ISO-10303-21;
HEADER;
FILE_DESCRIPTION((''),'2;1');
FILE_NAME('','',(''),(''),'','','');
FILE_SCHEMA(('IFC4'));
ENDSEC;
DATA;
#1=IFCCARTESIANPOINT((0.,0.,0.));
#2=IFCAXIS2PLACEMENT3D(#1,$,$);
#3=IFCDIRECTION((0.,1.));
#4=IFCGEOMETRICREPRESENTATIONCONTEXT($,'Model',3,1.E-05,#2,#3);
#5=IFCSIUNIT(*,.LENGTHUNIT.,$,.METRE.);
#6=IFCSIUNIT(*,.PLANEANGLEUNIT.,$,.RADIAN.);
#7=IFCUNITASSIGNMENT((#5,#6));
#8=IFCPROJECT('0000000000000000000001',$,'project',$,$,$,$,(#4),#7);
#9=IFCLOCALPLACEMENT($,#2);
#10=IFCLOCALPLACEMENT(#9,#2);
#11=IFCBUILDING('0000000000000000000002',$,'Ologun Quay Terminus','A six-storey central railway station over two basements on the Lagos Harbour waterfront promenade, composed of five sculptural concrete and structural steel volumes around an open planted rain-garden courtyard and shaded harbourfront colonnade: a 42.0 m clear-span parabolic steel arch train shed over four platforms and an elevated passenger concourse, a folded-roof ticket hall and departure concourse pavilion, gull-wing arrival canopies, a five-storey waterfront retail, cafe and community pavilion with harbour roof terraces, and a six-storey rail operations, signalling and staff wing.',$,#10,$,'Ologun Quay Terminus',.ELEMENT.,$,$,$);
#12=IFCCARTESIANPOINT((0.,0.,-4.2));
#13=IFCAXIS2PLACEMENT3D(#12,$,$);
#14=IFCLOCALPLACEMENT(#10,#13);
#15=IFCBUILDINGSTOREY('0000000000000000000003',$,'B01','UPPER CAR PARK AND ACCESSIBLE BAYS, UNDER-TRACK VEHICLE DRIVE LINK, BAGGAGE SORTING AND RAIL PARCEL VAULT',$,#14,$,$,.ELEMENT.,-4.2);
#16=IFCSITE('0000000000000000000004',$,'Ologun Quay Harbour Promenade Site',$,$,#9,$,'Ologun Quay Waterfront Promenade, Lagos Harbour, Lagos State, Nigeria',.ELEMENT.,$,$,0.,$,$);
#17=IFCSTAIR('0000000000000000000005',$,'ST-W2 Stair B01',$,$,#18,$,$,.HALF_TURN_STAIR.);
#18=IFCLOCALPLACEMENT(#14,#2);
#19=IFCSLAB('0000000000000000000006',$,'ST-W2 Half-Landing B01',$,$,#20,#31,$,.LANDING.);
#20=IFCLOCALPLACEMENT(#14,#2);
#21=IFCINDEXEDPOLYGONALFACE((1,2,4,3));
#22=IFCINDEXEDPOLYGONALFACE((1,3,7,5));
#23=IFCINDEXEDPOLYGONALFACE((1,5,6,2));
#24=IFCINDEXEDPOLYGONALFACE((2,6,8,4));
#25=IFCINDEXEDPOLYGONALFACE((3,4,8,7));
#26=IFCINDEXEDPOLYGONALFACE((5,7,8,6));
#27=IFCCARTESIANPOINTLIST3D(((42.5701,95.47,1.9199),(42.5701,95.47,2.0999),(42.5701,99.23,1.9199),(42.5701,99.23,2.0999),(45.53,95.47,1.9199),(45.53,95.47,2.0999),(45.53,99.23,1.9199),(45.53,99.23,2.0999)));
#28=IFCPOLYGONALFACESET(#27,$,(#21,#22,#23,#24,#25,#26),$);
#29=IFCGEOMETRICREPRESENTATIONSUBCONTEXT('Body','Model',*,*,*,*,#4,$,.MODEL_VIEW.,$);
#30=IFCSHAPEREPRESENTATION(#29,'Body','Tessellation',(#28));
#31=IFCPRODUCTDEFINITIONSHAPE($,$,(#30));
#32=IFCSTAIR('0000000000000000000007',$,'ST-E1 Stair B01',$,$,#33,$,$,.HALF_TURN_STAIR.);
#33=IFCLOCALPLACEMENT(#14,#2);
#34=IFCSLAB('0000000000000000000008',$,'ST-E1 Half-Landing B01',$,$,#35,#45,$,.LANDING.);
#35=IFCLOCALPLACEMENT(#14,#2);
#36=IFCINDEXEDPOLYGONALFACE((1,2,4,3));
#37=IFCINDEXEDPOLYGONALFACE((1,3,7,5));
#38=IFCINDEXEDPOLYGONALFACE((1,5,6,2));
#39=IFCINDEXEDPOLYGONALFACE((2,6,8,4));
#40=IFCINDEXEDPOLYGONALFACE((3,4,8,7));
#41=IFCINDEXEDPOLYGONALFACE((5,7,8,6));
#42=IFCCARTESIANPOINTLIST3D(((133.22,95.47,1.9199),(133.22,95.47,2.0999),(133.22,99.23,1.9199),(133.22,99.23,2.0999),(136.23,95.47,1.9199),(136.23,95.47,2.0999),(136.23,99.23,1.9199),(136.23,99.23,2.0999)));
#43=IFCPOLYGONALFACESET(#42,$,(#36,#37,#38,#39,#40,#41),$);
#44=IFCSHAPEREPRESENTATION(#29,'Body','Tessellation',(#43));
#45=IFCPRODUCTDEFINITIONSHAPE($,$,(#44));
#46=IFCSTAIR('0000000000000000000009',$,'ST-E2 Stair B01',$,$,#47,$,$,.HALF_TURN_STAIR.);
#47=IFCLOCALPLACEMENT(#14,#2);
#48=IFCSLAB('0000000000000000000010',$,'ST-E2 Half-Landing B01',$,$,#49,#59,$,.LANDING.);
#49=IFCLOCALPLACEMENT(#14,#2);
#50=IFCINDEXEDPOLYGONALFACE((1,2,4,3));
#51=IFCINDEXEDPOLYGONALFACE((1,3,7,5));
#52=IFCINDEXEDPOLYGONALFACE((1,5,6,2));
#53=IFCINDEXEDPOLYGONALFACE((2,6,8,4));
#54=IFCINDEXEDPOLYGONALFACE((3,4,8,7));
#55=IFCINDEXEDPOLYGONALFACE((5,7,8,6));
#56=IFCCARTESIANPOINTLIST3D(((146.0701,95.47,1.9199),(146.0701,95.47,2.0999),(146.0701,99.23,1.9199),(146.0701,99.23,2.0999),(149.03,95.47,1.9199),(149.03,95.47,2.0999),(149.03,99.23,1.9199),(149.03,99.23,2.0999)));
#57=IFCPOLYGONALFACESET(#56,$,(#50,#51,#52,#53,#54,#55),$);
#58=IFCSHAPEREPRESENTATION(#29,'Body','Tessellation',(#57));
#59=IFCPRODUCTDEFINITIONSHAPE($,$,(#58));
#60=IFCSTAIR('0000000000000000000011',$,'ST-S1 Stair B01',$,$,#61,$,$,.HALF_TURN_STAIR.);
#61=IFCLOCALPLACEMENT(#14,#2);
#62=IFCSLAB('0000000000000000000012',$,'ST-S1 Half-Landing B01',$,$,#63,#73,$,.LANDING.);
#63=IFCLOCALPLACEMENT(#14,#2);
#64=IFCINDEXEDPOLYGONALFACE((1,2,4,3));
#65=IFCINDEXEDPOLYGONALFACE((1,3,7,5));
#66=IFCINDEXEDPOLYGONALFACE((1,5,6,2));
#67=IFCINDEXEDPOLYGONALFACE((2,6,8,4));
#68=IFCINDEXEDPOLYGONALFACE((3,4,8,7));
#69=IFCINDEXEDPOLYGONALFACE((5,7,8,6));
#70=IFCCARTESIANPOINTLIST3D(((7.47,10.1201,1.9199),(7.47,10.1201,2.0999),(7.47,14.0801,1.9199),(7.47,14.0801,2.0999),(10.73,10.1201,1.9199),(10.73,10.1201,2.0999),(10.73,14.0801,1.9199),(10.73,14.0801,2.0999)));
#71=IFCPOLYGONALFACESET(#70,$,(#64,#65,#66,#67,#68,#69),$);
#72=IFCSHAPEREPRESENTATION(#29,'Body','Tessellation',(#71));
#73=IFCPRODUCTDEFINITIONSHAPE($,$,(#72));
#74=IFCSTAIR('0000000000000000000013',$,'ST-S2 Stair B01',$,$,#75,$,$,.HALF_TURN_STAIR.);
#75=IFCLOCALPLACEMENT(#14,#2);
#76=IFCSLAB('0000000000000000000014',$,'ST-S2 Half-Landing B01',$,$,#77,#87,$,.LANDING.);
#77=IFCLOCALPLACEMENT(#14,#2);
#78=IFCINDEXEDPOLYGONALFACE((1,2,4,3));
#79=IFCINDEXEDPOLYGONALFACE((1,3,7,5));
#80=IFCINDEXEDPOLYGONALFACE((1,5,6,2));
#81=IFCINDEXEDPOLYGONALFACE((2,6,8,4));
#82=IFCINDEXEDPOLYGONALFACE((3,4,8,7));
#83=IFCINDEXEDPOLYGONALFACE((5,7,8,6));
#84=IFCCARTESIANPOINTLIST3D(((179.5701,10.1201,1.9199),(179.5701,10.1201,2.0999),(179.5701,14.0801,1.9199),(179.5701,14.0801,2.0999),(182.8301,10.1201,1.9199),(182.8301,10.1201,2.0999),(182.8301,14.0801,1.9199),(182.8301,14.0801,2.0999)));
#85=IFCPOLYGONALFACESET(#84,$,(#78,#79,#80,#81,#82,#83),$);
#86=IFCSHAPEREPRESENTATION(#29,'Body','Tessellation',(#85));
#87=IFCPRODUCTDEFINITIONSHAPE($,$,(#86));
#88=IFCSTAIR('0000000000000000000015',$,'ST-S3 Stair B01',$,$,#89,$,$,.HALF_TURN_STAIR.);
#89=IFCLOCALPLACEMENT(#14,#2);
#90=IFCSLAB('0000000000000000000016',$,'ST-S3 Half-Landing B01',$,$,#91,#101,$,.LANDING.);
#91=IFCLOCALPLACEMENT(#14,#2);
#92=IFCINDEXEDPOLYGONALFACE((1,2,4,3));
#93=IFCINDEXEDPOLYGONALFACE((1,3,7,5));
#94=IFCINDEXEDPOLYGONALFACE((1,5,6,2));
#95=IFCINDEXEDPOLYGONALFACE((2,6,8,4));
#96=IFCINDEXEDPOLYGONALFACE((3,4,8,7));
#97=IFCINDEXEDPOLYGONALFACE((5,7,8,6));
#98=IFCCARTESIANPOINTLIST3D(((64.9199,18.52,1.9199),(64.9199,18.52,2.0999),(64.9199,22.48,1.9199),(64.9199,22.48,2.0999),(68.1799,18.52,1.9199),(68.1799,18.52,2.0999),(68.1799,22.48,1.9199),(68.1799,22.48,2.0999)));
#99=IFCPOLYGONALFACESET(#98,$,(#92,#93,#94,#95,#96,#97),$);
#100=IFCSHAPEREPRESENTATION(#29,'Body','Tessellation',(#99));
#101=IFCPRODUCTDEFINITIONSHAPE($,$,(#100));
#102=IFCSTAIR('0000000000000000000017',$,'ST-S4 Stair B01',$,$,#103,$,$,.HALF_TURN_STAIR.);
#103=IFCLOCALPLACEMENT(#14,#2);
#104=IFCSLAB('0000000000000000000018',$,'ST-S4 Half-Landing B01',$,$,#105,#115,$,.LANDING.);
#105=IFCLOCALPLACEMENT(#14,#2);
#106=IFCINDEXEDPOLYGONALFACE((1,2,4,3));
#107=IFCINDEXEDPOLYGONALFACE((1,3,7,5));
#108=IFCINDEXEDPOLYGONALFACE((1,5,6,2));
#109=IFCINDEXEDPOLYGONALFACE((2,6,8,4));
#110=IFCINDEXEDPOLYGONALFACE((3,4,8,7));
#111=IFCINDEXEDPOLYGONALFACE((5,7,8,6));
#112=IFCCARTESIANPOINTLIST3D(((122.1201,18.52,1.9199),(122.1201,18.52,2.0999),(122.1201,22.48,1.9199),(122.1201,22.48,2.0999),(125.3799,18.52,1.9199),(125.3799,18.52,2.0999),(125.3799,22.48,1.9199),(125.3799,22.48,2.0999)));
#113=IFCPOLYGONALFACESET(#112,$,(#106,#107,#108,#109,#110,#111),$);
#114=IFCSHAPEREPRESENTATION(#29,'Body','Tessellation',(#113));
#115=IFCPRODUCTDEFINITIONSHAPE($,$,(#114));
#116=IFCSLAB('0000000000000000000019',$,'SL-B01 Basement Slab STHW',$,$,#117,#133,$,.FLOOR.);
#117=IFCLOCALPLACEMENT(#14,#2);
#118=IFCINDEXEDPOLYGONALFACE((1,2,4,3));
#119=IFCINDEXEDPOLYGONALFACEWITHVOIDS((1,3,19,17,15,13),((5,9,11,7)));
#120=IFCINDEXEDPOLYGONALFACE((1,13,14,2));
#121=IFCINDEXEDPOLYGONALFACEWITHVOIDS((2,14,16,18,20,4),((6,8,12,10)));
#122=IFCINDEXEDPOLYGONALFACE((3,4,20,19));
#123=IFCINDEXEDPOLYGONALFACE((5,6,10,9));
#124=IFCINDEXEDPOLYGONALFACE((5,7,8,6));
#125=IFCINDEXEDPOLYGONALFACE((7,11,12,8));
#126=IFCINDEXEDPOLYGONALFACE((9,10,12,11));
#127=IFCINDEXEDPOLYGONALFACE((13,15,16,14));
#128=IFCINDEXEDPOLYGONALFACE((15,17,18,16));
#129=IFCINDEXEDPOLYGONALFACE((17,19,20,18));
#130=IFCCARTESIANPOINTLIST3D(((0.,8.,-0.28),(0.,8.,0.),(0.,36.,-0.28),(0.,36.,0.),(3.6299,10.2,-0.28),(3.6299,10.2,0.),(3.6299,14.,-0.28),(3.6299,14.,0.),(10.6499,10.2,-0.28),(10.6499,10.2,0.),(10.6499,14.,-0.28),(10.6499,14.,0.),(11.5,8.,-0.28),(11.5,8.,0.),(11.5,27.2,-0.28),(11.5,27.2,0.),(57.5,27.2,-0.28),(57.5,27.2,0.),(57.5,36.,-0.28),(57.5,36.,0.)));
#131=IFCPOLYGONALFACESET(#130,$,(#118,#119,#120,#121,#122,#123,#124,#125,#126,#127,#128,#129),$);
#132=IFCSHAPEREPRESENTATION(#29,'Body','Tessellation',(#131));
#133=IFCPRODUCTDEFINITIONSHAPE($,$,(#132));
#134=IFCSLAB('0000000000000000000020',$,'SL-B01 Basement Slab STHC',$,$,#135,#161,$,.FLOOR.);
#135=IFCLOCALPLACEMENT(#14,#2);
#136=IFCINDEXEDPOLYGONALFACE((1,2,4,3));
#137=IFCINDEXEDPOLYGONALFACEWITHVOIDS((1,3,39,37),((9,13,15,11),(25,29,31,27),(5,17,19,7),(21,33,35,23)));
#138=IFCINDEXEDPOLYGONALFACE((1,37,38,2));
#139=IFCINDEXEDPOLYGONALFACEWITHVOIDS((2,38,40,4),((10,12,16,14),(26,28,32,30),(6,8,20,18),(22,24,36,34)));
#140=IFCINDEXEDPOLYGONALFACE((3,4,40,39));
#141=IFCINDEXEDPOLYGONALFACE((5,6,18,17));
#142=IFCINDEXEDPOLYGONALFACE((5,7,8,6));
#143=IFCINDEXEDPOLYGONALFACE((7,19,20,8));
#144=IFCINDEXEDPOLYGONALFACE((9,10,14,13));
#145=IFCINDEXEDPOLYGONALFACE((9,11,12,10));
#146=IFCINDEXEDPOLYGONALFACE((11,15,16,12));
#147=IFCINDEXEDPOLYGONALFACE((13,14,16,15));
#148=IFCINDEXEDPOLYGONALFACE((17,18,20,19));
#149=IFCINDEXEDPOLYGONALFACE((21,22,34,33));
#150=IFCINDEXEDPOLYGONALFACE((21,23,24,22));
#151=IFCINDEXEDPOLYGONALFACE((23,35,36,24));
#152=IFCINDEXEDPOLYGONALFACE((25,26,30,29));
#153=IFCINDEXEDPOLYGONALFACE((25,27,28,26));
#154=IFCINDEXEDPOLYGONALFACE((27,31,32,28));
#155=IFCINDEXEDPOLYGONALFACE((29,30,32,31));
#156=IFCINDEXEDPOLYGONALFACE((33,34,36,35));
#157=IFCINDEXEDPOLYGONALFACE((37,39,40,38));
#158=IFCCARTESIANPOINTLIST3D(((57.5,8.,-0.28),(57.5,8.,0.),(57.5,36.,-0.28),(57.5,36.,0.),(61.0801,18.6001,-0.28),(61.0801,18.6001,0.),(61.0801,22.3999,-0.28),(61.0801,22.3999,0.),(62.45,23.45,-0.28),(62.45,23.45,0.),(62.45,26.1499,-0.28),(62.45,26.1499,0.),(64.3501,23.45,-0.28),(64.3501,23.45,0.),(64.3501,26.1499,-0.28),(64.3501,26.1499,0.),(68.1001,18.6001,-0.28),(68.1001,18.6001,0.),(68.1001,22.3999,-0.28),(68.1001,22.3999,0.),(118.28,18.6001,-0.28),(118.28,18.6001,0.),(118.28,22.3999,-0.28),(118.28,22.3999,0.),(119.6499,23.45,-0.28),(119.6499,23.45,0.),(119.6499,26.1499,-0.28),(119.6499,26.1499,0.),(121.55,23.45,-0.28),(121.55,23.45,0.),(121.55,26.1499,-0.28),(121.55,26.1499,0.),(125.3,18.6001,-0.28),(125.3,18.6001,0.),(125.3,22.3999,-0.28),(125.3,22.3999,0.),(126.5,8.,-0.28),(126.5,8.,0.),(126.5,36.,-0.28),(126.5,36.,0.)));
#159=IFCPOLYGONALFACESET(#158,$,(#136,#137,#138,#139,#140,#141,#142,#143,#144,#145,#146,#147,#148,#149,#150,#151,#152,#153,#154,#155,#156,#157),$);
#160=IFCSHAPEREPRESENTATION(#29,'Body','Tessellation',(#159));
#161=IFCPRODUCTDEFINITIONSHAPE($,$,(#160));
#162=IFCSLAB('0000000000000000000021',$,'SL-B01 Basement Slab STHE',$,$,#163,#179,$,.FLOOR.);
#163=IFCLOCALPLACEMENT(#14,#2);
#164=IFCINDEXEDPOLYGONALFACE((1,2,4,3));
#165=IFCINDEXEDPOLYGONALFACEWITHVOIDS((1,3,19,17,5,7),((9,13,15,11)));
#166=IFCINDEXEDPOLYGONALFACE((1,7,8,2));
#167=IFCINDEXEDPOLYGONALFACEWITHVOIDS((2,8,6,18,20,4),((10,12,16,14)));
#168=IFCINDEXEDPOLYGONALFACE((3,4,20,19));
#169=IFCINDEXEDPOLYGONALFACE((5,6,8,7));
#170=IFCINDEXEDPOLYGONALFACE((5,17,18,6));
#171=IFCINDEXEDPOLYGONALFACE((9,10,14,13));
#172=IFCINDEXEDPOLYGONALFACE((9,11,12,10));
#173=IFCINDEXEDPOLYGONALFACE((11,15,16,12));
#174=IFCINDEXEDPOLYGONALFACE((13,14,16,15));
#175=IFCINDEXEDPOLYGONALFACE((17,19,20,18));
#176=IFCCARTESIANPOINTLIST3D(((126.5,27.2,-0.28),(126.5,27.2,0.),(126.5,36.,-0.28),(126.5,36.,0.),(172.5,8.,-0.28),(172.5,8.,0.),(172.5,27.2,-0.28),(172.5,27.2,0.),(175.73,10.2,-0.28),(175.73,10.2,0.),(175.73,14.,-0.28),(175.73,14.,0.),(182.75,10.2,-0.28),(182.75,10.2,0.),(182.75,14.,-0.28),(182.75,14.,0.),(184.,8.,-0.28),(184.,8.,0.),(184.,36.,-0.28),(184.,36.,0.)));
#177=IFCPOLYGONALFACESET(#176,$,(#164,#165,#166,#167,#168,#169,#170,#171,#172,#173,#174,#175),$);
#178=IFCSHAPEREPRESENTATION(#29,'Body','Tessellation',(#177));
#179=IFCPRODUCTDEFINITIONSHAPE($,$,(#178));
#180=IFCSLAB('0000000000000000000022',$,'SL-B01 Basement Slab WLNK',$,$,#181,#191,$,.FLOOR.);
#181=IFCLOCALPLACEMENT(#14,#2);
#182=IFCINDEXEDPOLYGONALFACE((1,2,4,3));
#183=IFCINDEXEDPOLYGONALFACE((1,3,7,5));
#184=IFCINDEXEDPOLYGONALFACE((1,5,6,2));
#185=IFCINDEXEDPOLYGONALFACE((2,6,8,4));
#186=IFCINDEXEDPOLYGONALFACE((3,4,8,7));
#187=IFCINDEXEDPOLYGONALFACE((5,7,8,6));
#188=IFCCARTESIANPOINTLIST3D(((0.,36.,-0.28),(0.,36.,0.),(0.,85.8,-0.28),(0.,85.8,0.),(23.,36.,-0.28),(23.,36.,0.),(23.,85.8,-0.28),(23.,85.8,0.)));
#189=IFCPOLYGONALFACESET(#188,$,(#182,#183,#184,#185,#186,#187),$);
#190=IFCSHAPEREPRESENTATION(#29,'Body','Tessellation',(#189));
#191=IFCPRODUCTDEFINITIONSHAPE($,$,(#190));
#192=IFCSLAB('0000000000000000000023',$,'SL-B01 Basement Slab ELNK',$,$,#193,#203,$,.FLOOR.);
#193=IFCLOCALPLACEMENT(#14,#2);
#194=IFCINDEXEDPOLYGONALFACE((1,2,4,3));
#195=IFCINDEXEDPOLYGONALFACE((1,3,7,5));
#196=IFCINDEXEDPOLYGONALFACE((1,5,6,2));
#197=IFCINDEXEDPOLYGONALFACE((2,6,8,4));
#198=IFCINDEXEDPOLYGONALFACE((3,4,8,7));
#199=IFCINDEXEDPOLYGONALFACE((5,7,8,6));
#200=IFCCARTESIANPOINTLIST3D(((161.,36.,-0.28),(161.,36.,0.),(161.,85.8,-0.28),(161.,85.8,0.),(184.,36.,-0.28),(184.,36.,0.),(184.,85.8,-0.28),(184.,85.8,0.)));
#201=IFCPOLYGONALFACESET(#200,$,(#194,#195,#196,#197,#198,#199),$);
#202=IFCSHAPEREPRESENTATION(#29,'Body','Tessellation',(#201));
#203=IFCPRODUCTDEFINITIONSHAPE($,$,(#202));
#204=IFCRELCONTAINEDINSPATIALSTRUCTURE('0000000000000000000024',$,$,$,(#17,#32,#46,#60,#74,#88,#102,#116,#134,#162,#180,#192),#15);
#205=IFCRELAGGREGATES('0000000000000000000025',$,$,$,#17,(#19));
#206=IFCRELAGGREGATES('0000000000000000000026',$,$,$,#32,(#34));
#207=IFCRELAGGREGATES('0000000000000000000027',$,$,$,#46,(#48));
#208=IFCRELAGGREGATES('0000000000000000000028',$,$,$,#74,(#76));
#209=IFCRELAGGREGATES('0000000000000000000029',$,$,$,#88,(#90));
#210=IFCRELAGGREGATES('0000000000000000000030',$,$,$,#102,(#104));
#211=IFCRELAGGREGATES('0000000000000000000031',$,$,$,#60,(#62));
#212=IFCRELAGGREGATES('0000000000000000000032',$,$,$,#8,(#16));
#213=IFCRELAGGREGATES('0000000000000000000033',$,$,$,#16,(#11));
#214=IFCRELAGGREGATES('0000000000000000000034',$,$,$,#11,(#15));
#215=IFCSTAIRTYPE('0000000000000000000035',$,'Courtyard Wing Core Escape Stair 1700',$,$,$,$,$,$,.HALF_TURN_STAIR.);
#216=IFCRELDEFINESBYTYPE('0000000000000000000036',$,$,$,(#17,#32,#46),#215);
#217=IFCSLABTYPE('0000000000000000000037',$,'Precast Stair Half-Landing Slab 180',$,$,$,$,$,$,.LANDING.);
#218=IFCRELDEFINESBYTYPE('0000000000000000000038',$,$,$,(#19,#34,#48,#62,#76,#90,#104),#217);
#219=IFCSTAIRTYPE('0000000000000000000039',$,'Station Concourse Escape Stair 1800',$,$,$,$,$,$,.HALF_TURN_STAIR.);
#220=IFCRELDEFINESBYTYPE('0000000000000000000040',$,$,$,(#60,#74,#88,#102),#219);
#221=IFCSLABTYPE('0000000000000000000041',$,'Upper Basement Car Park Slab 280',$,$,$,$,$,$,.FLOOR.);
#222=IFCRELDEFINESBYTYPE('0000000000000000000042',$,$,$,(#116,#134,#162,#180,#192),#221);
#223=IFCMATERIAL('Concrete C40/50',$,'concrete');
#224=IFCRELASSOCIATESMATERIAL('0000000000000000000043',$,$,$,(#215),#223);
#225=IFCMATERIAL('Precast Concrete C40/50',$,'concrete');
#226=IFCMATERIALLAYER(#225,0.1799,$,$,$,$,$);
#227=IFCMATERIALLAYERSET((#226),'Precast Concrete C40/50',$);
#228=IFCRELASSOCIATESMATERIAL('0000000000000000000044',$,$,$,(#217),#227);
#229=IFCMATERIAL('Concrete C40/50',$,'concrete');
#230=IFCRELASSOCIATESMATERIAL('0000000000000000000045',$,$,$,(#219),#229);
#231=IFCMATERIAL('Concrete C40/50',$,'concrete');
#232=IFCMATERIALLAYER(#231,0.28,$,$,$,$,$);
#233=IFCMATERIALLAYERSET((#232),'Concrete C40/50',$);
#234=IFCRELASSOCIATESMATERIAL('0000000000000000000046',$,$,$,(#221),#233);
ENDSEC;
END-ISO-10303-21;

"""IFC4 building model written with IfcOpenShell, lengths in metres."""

from ifc_helpers import new_model, si_unit, direction, frame, origin, place, context, subcontext, project, spatial, polyline, outline, extrude, material, layer, layer_set, type_object, element, aggregate, save


model = new_model("IFC4")

# Units and contexts
model_context = context("Model", 3, precision=1e-05, world=origin(), true_north=direction((0.0, 1.0)))
body_context = subcontext(model_context, "Body", "Model", "MODEL_VIEW")
ifc_project = project(units=[si_unit("LENGTHUNIT", "METRE"), si_unit("PLANEANGLEUNIT", "RADIAN")], contexts=[model_context])

# Site, building, storey
site_placement = place(None, origin())
site = spatial("IfcSite", under=ifc_project, at=site_placement, Name="Ologun Quay Harbour Promenade Site", LongName="Ologun Quay Waterfront Promenade, Lagos Harbour, Lagos State, Nigeria", CompositionType="ELEMENT", RefElevation=0.0)
building_placement = place(site_placement, origin())
building = spatial("IfcBuilding", under=site, at=building_placement, Name="Ologun Quay Terminus", Description="A six-storey central railway station over two basements on the Lagos Harbour waterfront promenade, composed of five sculptural concrete and structural steel volumes around an open planted rain-garden courtyard and shaded harbourfront colonnade: a 42.0 m clear-span parabolic steel arch train shed over four platforms and an elevated passenger concourse, a folded-roof ticket hall and departure concourse pavilion, gull-wing arrival canopies, a five-storey waterfront retail, cafe and community pavilion with harbour roof terraces, and a six-storey rail operations, signalling and staff wing.", LongName="Ologun Quay Terminus", CompositionType="ELEMENT")
storey_placement = place(building_placement, frame((0.0, 0.0, -4.2)))
storey = spatial("IfcBuildingStorey", under=building, at=storey_placement, Name="B01", Description="UPPER CAR PARK AND ACCESSIBLE BAYS, UNDER-TRACK VEHICLE DRIVE LINK, BAGGAGE SORTING AND RAIL PARCEL VAULT", CompositionType="ELEMENT", Elevation=-4.2)

# Stairs, slabs
ifc_material_1 = material(Name="Concrete C40/50", Category="concrete")
stair_type_1 = type_object("IfcStairType", Name="Courtyard Wing Core Escape Stair 1700", PredefinedType="HALF_TURN_STAIR", material=ifc_material_1)
ifc_material_2 = material(Name="Precast Concrete C40/50", Category="concrete")
ifc_layer_1 = layer(ifc_material_2, 0.1799)
ifc_layer_set_1 = layer_set([ifc_layer_1], Name="Precast Concrete C40/50")
slab_type_1 = type_object("IfcSlabType", Name="Precast Stair Half-Landing Slab 180", PredefinedType="LANDING", material=ifc_layer_set_1)
stair_1_placement = place(storey_placement, origin())
stair_1 = element("IfcStair", 1, at=stair_1_placement, inside=storey, type_object=stair_type_1, Name="ST-W2 Stair B01", PredefinedType="HALF_TURN_STAIR")
slab_1_placement = place(storey_placement, frame((0.0, 0.0, 1.9199)))
slab_1 = element("IfcSlab", 2, at=slab_1_placement, type_object=slab_type_1, Name="ST-W2 Half-Landing B01", PredefinedType="LANDING", context=body_context, shape_type="SweptSolid", body=[
    extrude(outline(polyline([(42.5701, 95.47), (45.53, 95.47), (45.53, 99.23), (42.5701, 99.23), (42.5701, 95.47)])), origin(), (0.0, 0.0, 1.0), 0.1799),
])
aggregate(stair_1, [slab_1])
stair_2_placement = place(storey_placement, origin())
stair_2 = element("IfcStair", 3, at=stair_2_placement, inside=storey, type_object=stair_type_1, Name="ST-E1 Stair B01", PredefinedType="HALF_TURN_STAIR")
slab_2_placement = place(storey_placement, frame((0.0, 0.0, 1.9199)))
slab_2 = element("IfcSlab", 4, at=slab_2_placement, type_object=slab_type_1, Name="ST-E1 Half-Landing B01", PredefinedType="LANDING", context=body_context, shape_type="SweptSolid", body=[
    extrude(outline(polyline([(133.22, 95.47), (136.23, 95.47), (136.23, 99.23), (133.22, 99.23), (133.22, 95.47)])), origin(), (0.0, 0.0, 1.0), 0.1799),
])
aggregate(stair_2, [slab_2])
stair_3_placement = place(storey_placement, origin())
stair_3 = element("IfcStair", 5, at=stair_3_placement, inside=storey, type_object=stair_type_1, Name="ST-E2 Stair B01", PredefinedType="HALF_TURN_STAIR")
slab_3_placement = place(storey_placement, frame((0.0, 0.0, 1.9199)))
slab_3 = element("IfcSlab", 6, at=slab_3_placement, type_object=slab_type_1, Name="ST-E2 Half-Landing B01", PredefinedType="LANDING", context=body_context, shape_type="SweptSolid", body=[
    extrude(outline(polyline([(146.0701, 95.47), (149.03, 95.47), (149.03, 99.23), (146.0701, 99.23), (146.0701, 95.47)])), origin(), (0.0, 0.0, 1.0), 0.1799),
])
aggregate(stair_3, [slab_3])
ifc_material_3 = material(Name="Concrete C40/50", Category="concrete")
stair_type_2 = type_object("IfcStairType", Name="Station Concourse Escape Stair 1800", PredefinedType="HALF_TURN_STAIR", material=ifc_material_3)
stair_4_placement = place(storey_placement, origin())
stair_4 = element("IfcStair", 7, at=stair_4_placement, inside=storey, type_object=stair_type_2, Name="ST-S1 Stair B01", PredefinedType="HALF_TURN_STAIR")
slab_4_placement = place(storey_placement, frame((0.0, 0.0, 1.9199)))
slab_4 = element("IfcSlab", 8, at=slab_4_placement, type_object=slab_type_1, Name="ST-S1 Half-Landing B01", PredefinedType="LANDING", context=body_context, shape_type="SweptSolid", body=[
    extrude(outline(polyline([(7.47, 10.1201), (10.73, 10.1201), (10.73, 14.0801), (7.47, 14.0801), (7.47, 10.1201)])), origin(), (0.0, 0.0, 1.0), 0.1799),
])
stair_5_placement = place(storey_placement, origin())
stair_5 = element("IfcStair", 9, at=stair_5_placement, inside=storey, type_object=stair_type_2, Name="ST-S2 Stair B01", PredefinedType="HALF_TURN_STAIR")
slab_5_placement = place(storey_placement, frame((0.0, 0.0, 1.9199)))
slab_5 = element("IfcSlab", 10, at=slab_5_placement, type_object=slab_type_1, Name="ST-S2 Half-Landing B01", PredefinedType="LANDING", context=body_context, shape_type="SweptSolid", body=[
    extrude(outline(polyline([(179.5701, 10.1201), (182.8301, 10.1201), (182.8301, 14.0801), (179.5701, 14.0801), (179.5701, 10.1201)])), origin(), (0.0, 0.0, 1.0), 0.1799),
])
aggregate(stair_5, [slab_5])
stair_6_placement = place(storey_placement, origin())
stair_6 = element("IfcStair", 11, at=stair_6_placement, inside=storey, type_object=stair_type_2, Name="ST-S3 Stair B01", PredefinedType="HALF_TURN_STAIR")
slab_6_placement = place(storey_placement, frame((0.0, 0.0, 1.9199)))
slab_6 = element("IfcSlab", 12, at=slab_6_placement, type_object=slab_type_1, Name="ST-S3 Half-Landing B01", PredefinedType="LANDING", context=body_context, shape_type="SweptSolid", body=[
    extrude(outline(polyline([(64.9199, 18.52), (68.1799, 18.52), (68.1799, 22.48), (64.9199, 22.48), (64.9199, 18.52)])), origin(), (0.0, 0.0, 1.0), 0.1799),
])
aggregate(stair_6, [slab_6])
stair_7_placement = place(storey_placement, origin())
stair_7 = element("IfcStair", 13, at=stair_7_placement, inside=storey, type_object=stair_type_2, Name="ST-S4 Stair B01", PredefinedType="HALF_TURN_STAIR")
slab_7_placement = place(storey_placement, frame((0.0, 0.0, 1.9199)))
slab_7 = element("IfcSlab", 14, at=slab_7_placement, type_object=slab_type_1, Name="ST-S4 Half-Landing B01", PredefinedType="LANDING", context=body_context, shape_type="SweptSolid", body=[
    extrude(outline(polyline([(122.1201, 18.52), (125.3799, 18.52), (125.3799, 22.48), (122.1201, 22.48), (122.1201, 18.52)])), origin(), (0.0, 0.0, 1.0), 0.1799),
])
aggregate(stair_7, [slab_7])

# Slabs
ifc_material_4 = material(Name="Concrete C40/50", Category="concrete")
ifc_layer_2 = layer(ifc_material_4, 0.28)
ifc_layer_set_2 = layer_set([ifc_layer_2], Name="Concrete C40/50")
slab_type_2 = type_object("IfcSlabType", Name="Upper Basement Car Park Slab 280", PredefinedType="FLOOR", material=ifc_layer_set_2)
slab_8_placement = place(storey_placement, frame((0.0, 0.0, -0.28)))
element("IfcSlab", 15, at=slab_8_placement, inside=storey, type_object=slab_type_2, Name="SL-B01 Basement Slab STHW", PredefinedType="FLOOR", context=body_context, shape_type="SweptSolid", body=[
    extrude(outline(polyline([(0.0, 8.0), (11.5, 8.0), (11.5, 27.2), (57.5, 27.2), (57.5, 36.0), (0.0, 36.0), (0.0, 8.0)]), holes=[polyline([(3.6299, 10.2), (3.6299, 14.0), (10.6499, 14.0), (10.6499, 10.2), (3.6299, 10.2)])]), origin(), (0.0, 0.0, 1.0), 0.28),
])
slab_9_placement = place(storey_placement, frame((0.0, 0.0, -0.28)))
element("IfcSlab", 16, at=slab_9_placement, inside=storey, type_object=slab_type_2, Name="SL-B01 Basement Slab STHC", PredefinedType="FLOOR", context=body_context, shape_type="SweptSolid", body=[
    extrude(outline(polyline([(57.5, 8.0), (126.5, 8.0), (126.5, 36.0), (57.5, 36.0), (57.5, 8.0)]), holes=[polyline([(62.45, 23.45), (62.45, 26.1499), (64.3501, 26.1499), (64.3501, 23.45), (62.45, 23.45)]), polyline([(119.6499, 23.45), (119.6499, 26.1499), (121.55, 26.1499), (121.55, 23.45), (119.6499, 23.45)]), polyline([(61.0801, 18.6001), (61.0801, 22.3999), (68.1001, 22.3999), (68.1001, 18.6001), (61.0801, 18.6001)]), polyline([(118.28, 18.6001), (118.28, 22.3999), (125.3, 22.3999), (125.3, 18.6001), (118.28, 18.6001)])]), origin(), (0.0, 0.0, 1.0), 0.28),
])
slab_10_placement = place(storey_placement, frame((0.0, 0.0, -0.28)))
element("IfcSlab", 17, at=slab_10_placement, inside=storey, type_object=slab_type_2, Name="SL-B01 Basement Slab STHE", PredefinedType="FLOOR", context=body_context, shape_type="SweptSolid", body=[
    extrude(outline(polyline([(126.5, 27.2), (172.5, 27.2), (172.5, 8.0), (184.0, 8.0), (184.0, 36.0), (126.5, 36.0), (126.5, 27.2)]), holes=[polyline([(175.73, 10.2), (175.73, 14.0), (182.75, 14.0), (182.75, 10.2), (175.73, 10.2)])]), origin(), (0.0, 0.0, 1.0), 0.28),
])
slab_11_placement = place(storey_placement, frame((0.0, 0.0, -0.28)))
element("IfcSlab", 18, at=slab_11_placement, inside=storey, type_object=slab_type_2, Name="SL-B01 Basement Slab WLNK", PredefinedType="FLOOR", context=body_context, shape_type="SweptSolid", body=[
    extrude(outline(polyline([(0.0, 36.0), (23.0, 36.0), (23.0, 85.8), (0.0, 85.8), (0.0, 36.0)])), origin(), (0.0, 0.0, 1.0), 0.28),
])
slab_12_placement = place(storey_placement, frame((0.0, 0.0, -0.28)))
element("IfcSlab", 19, at=slab_12_placement, inside=storey, type_object=slab_type_2, Name="SL-B01 Basement Slab ELNK", PredefinedType="FLOOR", context=body_context, shape_type="SweptSolid", body=[
    extrude(outline(polyline([(161.0, 36.0), (184.0, 36.0), (184.0, 85.8), (161.0, 85.8), (161.0, 36.0)])), origin(), (0.0, 0.0, 1.0), 0.28),
])

aggregate(stair_4, [slab_4])

save(model, "model.ifc")
